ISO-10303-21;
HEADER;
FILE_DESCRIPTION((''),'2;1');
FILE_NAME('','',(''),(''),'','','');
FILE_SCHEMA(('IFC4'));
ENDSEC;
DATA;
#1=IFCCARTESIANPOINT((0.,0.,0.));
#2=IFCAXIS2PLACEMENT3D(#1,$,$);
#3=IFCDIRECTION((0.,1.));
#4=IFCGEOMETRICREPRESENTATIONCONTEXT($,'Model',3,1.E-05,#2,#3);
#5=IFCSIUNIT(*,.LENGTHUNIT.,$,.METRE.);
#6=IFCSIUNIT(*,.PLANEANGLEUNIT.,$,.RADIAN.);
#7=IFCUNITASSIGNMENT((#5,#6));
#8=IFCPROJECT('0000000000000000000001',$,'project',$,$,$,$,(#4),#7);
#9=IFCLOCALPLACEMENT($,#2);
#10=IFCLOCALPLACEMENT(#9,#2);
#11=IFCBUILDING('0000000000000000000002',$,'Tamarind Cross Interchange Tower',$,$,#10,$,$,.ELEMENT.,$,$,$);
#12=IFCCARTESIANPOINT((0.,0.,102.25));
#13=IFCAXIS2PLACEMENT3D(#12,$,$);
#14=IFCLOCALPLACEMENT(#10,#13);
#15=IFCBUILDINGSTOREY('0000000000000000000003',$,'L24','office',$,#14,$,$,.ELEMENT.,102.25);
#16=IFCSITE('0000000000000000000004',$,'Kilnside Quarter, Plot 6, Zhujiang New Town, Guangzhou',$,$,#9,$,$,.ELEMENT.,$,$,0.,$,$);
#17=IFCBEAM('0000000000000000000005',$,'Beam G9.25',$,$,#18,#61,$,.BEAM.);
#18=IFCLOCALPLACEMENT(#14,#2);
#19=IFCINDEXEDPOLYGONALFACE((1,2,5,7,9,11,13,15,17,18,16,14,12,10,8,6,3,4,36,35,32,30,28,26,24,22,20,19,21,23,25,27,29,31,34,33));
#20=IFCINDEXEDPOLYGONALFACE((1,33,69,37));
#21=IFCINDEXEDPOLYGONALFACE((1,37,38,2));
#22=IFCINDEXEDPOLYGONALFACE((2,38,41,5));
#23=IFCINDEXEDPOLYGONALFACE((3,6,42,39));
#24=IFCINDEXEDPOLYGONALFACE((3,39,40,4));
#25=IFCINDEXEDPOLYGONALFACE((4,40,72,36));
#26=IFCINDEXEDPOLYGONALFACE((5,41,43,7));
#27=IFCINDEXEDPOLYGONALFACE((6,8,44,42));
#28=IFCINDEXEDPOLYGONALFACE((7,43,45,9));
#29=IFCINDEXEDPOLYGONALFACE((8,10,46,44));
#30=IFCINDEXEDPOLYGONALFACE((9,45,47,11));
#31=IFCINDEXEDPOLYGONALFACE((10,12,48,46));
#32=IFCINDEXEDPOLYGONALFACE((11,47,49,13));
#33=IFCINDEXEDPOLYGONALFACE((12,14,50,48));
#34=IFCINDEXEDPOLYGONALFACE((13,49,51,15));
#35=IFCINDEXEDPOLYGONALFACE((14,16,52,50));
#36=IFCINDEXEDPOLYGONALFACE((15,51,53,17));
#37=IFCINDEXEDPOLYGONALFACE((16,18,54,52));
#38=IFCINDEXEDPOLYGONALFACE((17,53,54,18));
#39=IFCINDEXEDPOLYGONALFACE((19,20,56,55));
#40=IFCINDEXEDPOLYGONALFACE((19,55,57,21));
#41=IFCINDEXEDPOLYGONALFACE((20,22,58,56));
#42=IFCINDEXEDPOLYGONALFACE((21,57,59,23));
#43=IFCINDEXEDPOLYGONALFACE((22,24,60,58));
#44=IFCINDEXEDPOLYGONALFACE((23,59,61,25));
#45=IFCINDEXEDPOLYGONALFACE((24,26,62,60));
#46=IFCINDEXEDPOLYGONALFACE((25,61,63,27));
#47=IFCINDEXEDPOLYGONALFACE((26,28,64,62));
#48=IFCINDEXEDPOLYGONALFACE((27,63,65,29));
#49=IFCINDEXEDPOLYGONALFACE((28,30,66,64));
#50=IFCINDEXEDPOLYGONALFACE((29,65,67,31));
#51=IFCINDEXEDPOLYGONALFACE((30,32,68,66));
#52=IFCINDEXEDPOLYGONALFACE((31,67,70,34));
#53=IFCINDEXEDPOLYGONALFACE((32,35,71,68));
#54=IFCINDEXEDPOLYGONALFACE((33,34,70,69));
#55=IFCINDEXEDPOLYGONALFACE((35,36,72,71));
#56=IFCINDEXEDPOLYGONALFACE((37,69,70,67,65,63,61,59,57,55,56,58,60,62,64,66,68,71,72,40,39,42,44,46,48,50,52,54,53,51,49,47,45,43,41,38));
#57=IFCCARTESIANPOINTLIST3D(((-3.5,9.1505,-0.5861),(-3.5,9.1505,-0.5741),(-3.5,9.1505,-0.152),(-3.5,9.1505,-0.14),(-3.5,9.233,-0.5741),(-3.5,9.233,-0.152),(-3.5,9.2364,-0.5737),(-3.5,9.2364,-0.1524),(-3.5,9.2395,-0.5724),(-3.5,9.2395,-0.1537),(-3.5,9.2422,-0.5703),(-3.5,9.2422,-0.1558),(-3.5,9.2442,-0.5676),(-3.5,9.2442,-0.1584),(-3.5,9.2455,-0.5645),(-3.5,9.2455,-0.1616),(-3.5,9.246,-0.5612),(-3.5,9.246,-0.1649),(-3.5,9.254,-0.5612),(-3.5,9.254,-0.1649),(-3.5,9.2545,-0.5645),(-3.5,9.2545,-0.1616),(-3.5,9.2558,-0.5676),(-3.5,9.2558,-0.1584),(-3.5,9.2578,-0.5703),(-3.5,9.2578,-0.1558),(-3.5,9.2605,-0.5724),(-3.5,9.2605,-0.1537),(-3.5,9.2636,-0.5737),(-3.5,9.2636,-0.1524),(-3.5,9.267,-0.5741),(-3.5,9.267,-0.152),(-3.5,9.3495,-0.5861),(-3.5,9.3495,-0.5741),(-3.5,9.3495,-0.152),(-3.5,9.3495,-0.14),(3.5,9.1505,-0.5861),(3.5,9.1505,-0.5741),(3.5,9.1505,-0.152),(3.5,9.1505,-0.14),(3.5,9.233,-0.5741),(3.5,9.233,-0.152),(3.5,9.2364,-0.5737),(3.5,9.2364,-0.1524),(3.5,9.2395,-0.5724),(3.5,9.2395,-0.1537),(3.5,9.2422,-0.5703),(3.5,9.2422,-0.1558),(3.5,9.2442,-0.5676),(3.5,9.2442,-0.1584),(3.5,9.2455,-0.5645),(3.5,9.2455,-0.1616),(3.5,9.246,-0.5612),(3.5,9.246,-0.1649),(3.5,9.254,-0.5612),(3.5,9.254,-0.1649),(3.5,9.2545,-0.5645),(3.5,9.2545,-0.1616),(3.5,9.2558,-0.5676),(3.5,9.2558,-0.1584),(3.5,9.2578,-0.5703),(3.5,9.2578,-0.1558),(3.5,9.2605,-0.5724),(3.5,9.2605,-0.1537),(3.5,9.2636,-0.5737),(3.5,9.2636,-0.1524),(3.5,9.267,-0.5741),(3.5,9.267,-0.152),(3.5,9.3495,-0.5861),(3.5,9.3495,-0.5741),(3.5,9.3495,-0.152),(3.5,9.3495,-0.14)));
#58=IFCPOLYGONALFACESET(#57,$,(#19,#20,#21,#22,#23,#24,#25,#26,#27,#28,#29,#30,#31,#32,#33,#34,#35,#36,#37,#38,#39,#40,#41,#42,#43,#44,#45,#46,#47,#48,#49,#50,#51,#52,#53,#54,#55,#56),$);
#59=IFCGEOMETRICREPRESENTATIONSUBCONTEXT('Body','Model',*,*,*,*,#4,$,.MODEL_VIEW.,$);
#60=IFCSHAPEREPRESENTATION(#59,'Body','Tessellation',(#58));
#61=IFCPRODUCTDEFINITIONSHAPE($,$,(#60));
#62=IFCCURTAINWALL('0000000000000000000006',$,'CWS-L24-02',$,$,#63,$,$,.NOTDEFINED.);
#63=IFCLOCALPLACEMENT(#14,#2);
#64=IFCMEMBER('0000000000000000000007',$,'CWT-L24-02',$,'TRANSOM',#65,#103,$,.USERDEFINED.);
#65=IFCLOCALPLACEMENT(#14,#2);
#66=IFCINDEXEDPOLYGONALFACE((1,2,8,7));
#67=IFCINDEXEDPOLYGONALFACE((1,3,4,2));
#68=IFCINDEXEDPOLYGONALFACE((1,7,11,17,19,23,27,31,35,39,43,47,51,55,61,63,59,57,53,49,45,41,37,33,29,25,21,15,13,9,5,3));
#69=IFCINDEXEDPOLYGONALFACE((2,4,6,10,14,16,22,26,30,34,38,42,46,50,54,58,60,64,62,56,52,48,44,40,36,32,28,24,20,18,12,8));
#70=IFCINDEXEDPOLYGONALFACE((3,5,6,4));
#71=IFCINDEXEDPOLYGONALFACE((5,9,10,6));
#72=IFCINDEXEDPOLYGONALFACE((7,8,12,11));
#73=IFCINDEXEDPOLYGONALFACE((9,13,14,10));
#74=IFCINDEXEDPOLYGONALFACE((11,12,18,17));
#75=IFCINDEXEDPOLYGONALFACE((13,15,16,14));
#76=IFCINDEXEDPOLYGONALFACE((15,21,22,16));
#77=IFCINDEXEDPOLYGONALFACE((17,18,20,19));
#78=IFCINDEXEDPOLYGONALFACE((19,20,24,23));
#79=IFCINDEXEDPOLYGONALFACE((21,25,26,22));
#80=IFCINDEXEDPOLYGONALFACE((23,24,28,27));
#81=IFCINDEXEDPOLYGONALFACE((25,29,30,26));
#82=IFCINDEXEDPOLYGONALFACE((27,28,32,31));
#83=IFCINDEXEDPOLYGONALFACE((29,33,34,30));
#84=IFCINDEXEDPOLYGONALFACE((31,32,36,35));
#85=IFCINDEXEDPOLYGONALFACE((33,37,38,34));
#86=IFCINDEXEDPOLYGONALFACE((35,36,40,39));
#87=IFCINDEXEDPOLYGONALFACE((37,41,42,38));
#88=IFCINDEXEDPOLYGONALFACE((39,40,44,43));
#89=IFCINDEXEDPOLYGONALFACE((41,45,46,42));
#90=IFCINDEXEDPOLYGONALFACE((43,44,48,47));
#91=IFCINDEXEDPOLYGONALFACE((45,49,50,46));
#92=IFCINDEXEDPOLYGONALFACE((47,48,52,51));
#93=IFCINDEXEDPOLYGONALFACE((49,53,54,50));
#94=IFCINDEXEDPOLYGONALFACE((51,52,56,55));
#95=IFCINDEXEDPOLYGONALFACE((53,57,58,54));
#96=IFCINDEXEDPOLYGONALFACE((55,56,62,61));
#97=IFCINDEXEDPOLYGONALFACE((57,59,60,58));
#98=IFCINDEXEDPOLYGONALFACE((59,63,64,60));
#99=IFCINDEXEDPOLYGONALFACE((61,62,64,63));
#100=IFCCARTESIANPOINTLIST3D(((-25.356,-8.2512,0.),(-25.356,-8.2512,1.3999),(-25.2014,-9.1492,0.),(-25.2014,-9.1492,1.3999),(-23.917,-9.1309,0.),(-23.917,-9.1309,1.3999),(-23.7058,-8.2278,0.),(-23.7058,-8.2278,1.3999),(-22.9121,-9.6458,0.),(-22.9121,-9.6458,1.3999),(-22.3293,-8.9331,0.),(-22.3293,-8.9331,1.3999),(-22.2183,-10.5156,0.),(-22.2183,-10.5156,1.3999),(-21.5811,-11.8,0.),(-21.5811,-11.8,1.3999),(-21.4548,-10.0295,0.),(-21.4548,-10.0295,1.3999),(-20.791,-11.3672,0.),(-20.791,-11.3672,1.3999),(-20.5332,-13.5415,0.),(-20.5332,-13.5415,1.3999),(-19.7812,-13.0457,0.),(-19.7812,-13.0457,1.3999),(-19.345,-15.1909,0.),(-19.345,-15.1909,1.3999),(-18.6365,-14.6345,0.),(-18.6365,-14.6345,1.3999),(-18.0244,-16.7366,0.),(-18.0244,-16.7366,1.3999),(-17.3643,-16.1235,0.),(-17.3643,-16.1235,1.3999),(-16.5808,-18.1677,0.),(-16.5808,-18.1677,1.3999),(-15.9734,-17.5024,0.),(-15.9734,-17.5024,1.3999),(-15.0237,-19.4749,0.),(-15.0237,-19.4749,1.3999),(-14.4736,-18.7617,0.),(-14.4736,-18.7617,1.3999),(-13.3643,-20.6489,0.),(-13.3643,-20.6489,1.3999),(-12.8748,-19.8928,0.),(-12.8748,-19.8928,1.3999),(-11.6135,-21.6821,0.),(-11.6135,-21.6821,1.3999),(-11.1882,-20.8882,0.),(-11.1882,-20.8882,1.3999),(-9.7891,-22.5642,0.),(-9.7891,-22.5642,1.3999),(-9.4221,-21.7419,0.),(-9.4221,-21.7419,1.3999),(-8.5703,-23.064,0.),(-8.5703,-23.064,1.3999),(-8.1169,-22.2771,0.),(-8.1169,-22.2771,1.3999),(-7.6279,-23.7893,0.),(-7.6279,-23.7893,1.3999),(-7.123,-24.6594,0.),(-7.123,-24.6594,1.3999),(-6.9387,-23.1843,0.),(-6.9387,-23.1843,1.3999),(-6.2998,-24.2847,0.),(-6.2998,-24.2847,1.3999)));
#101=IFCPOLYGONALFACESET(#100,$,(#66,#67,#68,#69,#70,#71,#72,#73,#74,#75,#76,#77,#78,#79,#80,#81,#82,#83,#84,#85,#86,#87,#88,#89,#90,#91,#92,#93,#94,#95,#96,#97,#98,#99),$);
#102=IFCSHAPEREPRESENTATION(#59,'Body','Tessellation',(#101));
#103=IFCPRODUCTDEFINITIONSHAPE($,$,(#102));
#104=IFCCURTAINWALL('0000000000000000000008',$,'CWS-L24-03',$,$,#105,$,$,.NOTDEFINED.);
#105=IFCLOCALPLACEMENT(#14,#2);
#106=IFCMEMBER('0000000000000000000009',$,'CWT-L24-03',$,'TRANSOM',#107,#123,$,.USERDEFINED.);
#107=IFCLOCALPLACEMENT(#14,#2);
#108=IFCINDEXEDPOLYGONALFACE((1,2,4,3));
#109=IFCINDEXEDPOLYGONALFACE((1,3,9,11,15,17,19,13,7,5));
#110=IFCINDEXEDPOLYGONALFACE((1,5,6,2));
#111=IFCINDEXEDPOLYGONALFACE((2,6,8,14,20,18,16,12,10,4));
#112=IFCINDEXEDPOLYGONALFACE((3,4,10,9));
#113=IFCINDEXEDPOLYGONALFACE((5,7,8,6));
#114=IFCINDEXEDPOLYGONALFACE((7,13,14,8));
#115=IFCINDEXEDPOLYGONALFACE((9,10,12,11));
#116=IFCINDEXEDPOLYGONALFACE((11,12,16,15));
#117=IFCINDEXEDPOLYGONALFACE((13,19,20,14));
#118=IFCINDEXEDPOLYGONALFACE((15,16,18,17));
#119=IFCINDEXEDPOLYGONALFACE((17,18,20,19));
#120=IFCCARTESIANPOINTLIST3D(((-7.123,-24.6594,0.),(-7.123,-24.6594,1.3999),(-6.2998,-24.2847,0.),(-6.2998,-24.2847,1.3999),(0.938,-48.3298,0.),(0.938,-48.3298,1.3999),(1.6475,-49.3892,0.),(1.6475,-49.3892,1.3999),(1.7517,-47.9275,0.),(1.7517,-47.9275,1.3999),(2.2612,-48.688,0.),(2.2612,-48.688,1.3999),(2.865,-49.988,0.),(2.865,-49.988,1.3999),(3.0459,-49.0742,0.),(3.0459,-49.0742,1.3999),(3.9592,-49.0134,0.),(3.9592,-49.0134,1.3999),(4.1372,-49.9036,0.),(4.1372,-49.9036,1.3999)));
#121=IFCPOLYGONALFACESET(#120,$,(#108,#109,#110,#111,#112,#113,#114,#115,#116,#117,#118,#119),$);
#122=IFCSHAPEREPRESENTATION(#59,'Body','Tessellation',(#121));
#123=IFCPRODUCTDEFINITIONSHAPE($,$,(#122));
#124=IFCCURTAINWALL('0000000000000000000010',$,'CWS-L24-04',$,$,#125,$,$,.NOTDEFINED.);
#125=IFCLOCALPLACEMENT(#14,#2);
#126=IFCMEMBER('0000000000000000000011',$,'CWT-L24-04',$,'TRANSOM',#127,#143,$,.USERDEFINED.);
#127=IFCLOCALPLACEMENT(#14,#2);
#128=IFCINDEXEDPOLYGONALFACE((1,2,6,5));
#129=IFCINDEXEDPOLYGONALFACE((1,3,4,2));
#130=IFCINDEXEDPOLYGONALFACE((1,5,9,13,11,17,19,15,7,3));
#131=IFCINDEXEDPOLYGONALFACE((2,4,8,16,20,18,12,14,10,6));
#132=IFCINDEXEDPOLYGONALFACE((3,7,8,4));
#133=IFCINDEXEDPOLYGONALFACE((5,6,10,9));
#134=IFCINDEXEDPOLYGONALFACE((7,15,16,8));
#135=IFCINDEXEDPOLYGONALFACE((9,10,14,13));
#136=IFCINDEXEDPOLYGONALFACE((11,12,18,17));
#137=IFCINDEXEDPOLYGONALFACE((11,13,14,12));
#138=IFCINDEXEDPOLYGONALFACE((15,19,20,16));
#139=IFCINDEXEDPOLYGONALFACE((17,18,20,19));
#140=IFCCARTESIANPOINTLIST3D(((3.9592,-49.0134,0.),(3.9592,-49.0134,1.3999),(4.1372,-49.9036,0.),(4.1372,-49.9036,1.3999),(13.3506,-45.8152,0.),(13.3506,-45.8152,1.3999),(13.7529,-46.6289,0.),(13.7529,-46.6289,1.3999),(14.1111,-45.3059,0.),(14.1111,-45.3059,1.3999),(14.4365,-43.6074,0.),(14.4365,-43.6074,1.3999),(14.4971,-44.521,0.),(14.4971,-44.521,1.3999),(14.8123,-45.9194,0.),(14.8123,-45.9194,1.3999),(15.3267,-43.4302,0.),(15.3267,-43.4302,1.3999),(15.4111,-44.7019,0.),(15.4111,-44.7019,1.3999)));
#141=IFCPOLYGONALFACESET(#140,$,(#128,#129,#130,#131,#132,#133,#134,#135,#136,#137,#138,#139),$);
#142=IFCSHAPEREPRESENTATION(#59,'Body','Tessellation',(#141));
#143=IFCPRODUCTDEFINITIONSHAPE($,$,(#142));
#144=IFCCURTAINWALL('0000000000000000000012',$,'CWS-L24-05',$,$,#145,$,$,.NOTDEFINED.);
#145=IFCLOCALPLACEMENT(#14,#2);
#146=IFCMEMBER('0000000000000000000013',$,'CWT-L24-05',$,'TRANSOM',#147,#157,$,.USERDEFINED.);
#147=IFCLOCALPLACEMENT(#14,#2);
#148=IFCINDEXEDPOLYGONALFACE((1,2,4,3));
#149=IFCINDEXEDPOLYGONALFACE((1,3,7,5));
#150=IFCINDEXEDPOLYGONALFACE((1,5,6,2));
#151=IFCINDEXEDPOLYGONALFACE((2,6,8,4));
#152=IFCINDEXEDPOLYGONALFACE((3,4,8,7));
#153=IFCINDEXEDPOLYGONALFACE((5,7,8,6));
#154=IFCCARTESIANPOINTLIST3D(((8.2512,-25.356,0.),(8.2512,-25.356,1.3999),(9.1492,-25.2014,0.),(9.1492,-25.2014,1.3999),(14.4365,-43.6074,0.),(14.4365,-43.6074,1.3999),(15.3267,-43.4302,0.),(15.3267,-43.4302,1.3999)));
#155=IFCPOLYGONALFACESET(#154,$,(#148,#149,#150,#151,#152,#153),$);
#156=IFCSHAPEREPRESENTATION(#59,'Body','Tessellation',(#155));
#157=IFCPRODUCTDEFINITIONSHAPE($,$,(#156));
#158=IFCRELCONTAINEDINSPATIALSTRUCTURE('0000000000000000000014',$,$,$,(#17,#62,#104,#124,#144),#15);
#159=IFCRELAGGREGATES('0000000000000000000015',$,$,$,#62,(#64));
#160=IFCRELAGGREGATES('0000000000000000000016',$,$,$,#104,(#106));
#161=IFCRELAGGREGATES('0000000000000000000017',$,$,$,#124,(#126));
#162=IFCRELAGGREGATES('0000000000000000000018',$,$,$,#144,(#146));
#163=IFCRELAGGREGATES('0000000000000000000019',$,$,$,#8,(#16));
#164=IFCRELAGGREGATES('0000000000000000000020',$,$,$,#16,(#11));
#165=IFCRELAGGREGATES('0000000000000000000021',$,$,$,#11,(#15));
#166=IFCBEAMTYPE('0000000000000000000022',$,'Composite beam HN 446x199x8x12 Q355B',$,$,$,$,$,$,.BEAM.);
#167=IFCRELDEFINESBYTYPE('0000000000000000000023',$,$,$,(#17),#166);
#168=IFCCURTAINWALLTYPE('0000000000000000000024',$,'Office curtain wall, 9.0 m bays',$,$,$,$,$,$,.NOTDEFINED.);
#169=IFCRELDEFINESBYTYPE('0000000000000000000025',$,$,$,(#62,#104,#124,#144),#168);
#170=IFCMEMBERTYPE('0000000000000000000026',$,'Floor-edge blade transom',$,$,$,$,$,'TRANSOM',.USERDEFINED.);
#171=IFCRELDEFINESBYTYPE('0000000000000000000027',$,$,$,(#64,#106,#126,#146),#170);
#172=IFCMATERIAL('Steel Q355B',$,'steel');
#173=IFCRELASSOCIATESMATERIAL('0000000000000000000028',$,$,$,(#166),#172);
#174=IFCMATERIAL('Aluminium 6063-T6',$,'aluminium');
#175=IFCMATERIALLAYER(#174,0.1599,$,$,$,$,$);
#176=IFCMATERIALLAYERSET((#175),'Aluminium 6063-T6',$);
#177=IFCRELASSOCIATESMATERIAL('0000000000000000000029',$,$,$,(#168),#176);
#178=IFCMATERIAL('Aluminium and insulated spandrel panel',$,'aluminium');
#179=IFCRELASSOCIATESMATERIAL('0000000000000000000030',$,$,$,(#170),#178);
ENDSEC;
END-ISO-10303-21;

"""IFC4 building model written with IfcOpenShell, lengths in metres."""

from ifc_helpers import new_model, si_unit, direction, frame, origin, origin_2d, place, context, subcontext, project, spatial, polyline, i_section, outline, extrude, material, layer, layer_set, material_profile, profile_set, type_object, element, aggregate, save


model = new_model("IFC4")

# Units and contexts
model_context = context("Model", 3, precision=1e-05, world=origin(), true_north=direction((0.0, 1.0)))
body_context = subcontext(model_context, "Body", "Model", "MODEL_VIEW")
ifc_project = project(units=[si_unit("LENGTHUNIT", "METRE"), si_unit("PLANEANGLEUNIT", "RADIAN")], contexts=[model_context])

# Site, building, storey
site_placement = place(None, origin())
site = spatial("IfcSite", under=ifc_project, at=site_placement, Name="Kilnside Quarter, Plot 6, Zhujiang New Town, Guangzhou", CompositionType="ELEMENT", RefElevation=0.0)
building_placement = place(site_placement, origin())
building = spatial("IfcBuilding", under=site, at=building_placement, Name="Tamarind Cross Interchange Tower", CompositionType="ELEMENT")
storey_placement = place(building_placement, frame((0.0, 0.0, 102.25)))
storey = spatial("IfcBuildingStorey", under=building, at=storey_placement, Name="L24", Description="office", CompositionType="ELEMENT", Elevation=102.25)

# Beam
ifc_material_1 = material(Name="Steel Q355B", Category="steel")
ifc_material_profile = material_profile(ifc_material_1, i_section(OverallWidth=0.199, OverallDepth=0.446, WebThickness=0.0081, FlangeThickness=0.012, FilletRadius=0.0129, at=origin_2d()), Name="HN 446x199x8x12")
ifc_profile_set = profile_set([ifc_material_profile], Name="Steel Q355B")
beam_type = type_object("IfcBeamType", Name="Composite beam HN 446x199x8x12 Q355B", PredefinedType="BEAM", material=ifc_profile_set)
beam_placement = place(storey_placement, frame((-3.5, 9.25, -0.363), z_axis=(1.0, 0.0, 0.0), x_axis=(0.0, 1.0, 0.0)))
element("IfcBeam", 1, at=beam_placement, inside=storey, type_object=beam_type, Name="Beam G9.25", PredefinedType="BEAM", context=body_context, shape_type="SweptSolid", body=[
    extrude(i_section(OverallWidth=0.199, OverallDepth=0.446, WebThickness=0.0081, FlangeThickness=0.012, FilletRadius=0.0129, at=origin_2d()), origin(), (0.0, 0.0, 1.0), 7.0),
])

# Curtain walls, members
ifc_material_2 = material(Name="Aluminium 6063-T6", Category="aluminium")
ifc_layer_1 = layer(ifc_material_2, 0.1599)
ifc_layer_set_1 = layer_set([ifc_layer_1], Name="Aluminium 6063-T6")
curtain_wall_type = type_object("IfcCurtainWallType", Name="Office curtain wall, 9.0 m bays", PredefinedType="NOTDEFINED", material=ifc_layer_set_1)
curtain_wall_1_placement = place(storey_placement, origin())
curtain_wall_1 = element("IfcCurtainWall", 2, at=curtain_wall_1_placement, inside=storey, type_object=curtain_wall_type, Name="CWS-L24-02", PredefinedType="NOTDEFINED")
ifc_material_3 = material(Name="Aluminium and insulated spandrel panel", Category="aluminium")
member_type = type_object("IfcMemberType", Name="Floor-edge blade transom", ElementType="TRANSOM", PredefinedType="USERDEFINED", material=ifc_material_3)
member_1_placement = place(storey_placement, origin())
member_1 = element("IfcMember", 3, at=member_1_placement, type_object=member_type, Name="CWT-L24-02", ObjectType="TRANSOM", PredefinedType="USERDEFINED", context=body_context, shape_type="SweptSolid", body=[
    extrude(outline(polyline([(-25.356, -8.2512), (-23.7058, -8.2278), (-22.3293, -8.9331), (-21.4548, -10.0295), (-20.791, -11.3672), (-19.7812, -13.0457), (-18.6365, -14.6345), (-17.3643, -16.1235), (-15.9734, -17.5024), (-14.4736, -18.7617), (-12.8748, -19.8928), (-11.1882, -20.8882), (-9.4221, -21.7419), (-8.1169, -22.2771), (-6.9387, -23.1843), (-6.2998, -24.2847), (-7.123, -24.6594), (-7.6279, -23.7893), (-8.5703, -23.064), (-9.7891, -22.5642), (-11.6135, -21.6821), (-13.3643, -20.6489), (-15.0237, -19.4749), (-16.5808, -18.1677), (-18.0244, -16.7366), (-19.345, -15.1909), (-20.5332, -13.5415), (-21.5811, -11.8), (-22.2183, -10.5156), (-22.9121, -9.6458), (-23.917, -9.1309), (-25.2014, -9.1492), (-25.356, -8.2512)])), origin(), (0.0, 0.0, 1.0), 1.3999),
])
curtain_wall_2_placement = place(storey_placement, origin())
curtain_wall_2 = element("IfcCurtainWall", 4, at=curtain_wall_2_placement, inside=storey, type_object=curtain_wall_type, Name="CWS-L24-03", PredefinedType="NOTDEFINED")
member_2_placement = place(storey_placement, origin())
member_2 = element("IfcMember", 5, at=member_2_placement, type_object=member_type, Name="CWT-L24-03", ObjectType="TRANSOM", PredefinedType="USERDEFINED", context=body_context, shape_type="SweptSolid", body=[
    extrude(outline(polyline([(-6.2998, -24.2847), (1.7517, -47.9275), (2.2612, -48.688), (3.0459, -49.0742), (3.9592, -49.0134), (4.1372, -49.9036), (2.865, -49.988), (1.6475, -49.3892), (0.938, -48.3298), (-7.123, -24.6594), (-6.2998, -24.2847)])), origin(), (0.0, 0.0, 1.0), 1.3999),
])
curtain_wall_3_placement = place(storey_placement, origin())
curtain_wall_3 = element("IfcCurtainWall", 6, at=curtain_wall_3_placement, inside=storey, type_object=curtain_wall_type, Name="CWS-L24-04", PredefinedType="NOTDEFINED")
member_3_placement = place(storey_placement, origin())
member_3 = element("IfcMember", 7, at=member_3_placement, type_object=member_type, Name="CWT-L24-04", ObjectType="TRANSOM", PredefinedType="USERDEFINED", context=body_context, shape_type="SweptSolid", body=[
    extrude(outline(polyline([(3.9592, -49.0134), (13.3506, -45.8152), (14.1111, -45.3059), (14.4971, -44.521), (14.4365, -43.6074), (15.3267, -43.4302), (15.4111, -44.7019), (14.8123, -45.9194), (13.7529, -46.6289), (4.1372, -49.9036), (3.9592, -49.0134)])), origin(), (0.0, 0.0, 1.0), 1.3999),
])
curtain_wall_4_placement = place(storey_placement, origin())
curtain_wall_4 = element("IfcCurtainWall", 8, at=curtain_wall_4_placement, inside=storey, type_object=curtain_wall_type, Name="CWS-L24-05", PredefinedType="NOTDEFINED")
member_4_placement = place(storey_placement, origin())
member_4 = element("IfcMember", 9, at=member_4_placement, type_object=member_type, Name="CWT-L24-05", ObjectType="TRANSOM", PredefinedType="USERDEFINED", context=body_context, shape_type="SweptSolid", body=[
    extrude(outline(polyline([(14.4365, -43.6074), (8.2512, -25.356), (9.1492, -25.2014), (15.3267, -43.4302), (14.4365, -43.6074)])), origin(), (0.0, 0.0, 1.0), 1.3999),
])

aggregate(curtain_wall_1, [member_1])
aggregate(curtain_wall_2, [member_2])
aggregate(curtain_wall_3, [member_3])
aggregate(curtain_wall_4, [member_4])

save(model, "model.ifc")
